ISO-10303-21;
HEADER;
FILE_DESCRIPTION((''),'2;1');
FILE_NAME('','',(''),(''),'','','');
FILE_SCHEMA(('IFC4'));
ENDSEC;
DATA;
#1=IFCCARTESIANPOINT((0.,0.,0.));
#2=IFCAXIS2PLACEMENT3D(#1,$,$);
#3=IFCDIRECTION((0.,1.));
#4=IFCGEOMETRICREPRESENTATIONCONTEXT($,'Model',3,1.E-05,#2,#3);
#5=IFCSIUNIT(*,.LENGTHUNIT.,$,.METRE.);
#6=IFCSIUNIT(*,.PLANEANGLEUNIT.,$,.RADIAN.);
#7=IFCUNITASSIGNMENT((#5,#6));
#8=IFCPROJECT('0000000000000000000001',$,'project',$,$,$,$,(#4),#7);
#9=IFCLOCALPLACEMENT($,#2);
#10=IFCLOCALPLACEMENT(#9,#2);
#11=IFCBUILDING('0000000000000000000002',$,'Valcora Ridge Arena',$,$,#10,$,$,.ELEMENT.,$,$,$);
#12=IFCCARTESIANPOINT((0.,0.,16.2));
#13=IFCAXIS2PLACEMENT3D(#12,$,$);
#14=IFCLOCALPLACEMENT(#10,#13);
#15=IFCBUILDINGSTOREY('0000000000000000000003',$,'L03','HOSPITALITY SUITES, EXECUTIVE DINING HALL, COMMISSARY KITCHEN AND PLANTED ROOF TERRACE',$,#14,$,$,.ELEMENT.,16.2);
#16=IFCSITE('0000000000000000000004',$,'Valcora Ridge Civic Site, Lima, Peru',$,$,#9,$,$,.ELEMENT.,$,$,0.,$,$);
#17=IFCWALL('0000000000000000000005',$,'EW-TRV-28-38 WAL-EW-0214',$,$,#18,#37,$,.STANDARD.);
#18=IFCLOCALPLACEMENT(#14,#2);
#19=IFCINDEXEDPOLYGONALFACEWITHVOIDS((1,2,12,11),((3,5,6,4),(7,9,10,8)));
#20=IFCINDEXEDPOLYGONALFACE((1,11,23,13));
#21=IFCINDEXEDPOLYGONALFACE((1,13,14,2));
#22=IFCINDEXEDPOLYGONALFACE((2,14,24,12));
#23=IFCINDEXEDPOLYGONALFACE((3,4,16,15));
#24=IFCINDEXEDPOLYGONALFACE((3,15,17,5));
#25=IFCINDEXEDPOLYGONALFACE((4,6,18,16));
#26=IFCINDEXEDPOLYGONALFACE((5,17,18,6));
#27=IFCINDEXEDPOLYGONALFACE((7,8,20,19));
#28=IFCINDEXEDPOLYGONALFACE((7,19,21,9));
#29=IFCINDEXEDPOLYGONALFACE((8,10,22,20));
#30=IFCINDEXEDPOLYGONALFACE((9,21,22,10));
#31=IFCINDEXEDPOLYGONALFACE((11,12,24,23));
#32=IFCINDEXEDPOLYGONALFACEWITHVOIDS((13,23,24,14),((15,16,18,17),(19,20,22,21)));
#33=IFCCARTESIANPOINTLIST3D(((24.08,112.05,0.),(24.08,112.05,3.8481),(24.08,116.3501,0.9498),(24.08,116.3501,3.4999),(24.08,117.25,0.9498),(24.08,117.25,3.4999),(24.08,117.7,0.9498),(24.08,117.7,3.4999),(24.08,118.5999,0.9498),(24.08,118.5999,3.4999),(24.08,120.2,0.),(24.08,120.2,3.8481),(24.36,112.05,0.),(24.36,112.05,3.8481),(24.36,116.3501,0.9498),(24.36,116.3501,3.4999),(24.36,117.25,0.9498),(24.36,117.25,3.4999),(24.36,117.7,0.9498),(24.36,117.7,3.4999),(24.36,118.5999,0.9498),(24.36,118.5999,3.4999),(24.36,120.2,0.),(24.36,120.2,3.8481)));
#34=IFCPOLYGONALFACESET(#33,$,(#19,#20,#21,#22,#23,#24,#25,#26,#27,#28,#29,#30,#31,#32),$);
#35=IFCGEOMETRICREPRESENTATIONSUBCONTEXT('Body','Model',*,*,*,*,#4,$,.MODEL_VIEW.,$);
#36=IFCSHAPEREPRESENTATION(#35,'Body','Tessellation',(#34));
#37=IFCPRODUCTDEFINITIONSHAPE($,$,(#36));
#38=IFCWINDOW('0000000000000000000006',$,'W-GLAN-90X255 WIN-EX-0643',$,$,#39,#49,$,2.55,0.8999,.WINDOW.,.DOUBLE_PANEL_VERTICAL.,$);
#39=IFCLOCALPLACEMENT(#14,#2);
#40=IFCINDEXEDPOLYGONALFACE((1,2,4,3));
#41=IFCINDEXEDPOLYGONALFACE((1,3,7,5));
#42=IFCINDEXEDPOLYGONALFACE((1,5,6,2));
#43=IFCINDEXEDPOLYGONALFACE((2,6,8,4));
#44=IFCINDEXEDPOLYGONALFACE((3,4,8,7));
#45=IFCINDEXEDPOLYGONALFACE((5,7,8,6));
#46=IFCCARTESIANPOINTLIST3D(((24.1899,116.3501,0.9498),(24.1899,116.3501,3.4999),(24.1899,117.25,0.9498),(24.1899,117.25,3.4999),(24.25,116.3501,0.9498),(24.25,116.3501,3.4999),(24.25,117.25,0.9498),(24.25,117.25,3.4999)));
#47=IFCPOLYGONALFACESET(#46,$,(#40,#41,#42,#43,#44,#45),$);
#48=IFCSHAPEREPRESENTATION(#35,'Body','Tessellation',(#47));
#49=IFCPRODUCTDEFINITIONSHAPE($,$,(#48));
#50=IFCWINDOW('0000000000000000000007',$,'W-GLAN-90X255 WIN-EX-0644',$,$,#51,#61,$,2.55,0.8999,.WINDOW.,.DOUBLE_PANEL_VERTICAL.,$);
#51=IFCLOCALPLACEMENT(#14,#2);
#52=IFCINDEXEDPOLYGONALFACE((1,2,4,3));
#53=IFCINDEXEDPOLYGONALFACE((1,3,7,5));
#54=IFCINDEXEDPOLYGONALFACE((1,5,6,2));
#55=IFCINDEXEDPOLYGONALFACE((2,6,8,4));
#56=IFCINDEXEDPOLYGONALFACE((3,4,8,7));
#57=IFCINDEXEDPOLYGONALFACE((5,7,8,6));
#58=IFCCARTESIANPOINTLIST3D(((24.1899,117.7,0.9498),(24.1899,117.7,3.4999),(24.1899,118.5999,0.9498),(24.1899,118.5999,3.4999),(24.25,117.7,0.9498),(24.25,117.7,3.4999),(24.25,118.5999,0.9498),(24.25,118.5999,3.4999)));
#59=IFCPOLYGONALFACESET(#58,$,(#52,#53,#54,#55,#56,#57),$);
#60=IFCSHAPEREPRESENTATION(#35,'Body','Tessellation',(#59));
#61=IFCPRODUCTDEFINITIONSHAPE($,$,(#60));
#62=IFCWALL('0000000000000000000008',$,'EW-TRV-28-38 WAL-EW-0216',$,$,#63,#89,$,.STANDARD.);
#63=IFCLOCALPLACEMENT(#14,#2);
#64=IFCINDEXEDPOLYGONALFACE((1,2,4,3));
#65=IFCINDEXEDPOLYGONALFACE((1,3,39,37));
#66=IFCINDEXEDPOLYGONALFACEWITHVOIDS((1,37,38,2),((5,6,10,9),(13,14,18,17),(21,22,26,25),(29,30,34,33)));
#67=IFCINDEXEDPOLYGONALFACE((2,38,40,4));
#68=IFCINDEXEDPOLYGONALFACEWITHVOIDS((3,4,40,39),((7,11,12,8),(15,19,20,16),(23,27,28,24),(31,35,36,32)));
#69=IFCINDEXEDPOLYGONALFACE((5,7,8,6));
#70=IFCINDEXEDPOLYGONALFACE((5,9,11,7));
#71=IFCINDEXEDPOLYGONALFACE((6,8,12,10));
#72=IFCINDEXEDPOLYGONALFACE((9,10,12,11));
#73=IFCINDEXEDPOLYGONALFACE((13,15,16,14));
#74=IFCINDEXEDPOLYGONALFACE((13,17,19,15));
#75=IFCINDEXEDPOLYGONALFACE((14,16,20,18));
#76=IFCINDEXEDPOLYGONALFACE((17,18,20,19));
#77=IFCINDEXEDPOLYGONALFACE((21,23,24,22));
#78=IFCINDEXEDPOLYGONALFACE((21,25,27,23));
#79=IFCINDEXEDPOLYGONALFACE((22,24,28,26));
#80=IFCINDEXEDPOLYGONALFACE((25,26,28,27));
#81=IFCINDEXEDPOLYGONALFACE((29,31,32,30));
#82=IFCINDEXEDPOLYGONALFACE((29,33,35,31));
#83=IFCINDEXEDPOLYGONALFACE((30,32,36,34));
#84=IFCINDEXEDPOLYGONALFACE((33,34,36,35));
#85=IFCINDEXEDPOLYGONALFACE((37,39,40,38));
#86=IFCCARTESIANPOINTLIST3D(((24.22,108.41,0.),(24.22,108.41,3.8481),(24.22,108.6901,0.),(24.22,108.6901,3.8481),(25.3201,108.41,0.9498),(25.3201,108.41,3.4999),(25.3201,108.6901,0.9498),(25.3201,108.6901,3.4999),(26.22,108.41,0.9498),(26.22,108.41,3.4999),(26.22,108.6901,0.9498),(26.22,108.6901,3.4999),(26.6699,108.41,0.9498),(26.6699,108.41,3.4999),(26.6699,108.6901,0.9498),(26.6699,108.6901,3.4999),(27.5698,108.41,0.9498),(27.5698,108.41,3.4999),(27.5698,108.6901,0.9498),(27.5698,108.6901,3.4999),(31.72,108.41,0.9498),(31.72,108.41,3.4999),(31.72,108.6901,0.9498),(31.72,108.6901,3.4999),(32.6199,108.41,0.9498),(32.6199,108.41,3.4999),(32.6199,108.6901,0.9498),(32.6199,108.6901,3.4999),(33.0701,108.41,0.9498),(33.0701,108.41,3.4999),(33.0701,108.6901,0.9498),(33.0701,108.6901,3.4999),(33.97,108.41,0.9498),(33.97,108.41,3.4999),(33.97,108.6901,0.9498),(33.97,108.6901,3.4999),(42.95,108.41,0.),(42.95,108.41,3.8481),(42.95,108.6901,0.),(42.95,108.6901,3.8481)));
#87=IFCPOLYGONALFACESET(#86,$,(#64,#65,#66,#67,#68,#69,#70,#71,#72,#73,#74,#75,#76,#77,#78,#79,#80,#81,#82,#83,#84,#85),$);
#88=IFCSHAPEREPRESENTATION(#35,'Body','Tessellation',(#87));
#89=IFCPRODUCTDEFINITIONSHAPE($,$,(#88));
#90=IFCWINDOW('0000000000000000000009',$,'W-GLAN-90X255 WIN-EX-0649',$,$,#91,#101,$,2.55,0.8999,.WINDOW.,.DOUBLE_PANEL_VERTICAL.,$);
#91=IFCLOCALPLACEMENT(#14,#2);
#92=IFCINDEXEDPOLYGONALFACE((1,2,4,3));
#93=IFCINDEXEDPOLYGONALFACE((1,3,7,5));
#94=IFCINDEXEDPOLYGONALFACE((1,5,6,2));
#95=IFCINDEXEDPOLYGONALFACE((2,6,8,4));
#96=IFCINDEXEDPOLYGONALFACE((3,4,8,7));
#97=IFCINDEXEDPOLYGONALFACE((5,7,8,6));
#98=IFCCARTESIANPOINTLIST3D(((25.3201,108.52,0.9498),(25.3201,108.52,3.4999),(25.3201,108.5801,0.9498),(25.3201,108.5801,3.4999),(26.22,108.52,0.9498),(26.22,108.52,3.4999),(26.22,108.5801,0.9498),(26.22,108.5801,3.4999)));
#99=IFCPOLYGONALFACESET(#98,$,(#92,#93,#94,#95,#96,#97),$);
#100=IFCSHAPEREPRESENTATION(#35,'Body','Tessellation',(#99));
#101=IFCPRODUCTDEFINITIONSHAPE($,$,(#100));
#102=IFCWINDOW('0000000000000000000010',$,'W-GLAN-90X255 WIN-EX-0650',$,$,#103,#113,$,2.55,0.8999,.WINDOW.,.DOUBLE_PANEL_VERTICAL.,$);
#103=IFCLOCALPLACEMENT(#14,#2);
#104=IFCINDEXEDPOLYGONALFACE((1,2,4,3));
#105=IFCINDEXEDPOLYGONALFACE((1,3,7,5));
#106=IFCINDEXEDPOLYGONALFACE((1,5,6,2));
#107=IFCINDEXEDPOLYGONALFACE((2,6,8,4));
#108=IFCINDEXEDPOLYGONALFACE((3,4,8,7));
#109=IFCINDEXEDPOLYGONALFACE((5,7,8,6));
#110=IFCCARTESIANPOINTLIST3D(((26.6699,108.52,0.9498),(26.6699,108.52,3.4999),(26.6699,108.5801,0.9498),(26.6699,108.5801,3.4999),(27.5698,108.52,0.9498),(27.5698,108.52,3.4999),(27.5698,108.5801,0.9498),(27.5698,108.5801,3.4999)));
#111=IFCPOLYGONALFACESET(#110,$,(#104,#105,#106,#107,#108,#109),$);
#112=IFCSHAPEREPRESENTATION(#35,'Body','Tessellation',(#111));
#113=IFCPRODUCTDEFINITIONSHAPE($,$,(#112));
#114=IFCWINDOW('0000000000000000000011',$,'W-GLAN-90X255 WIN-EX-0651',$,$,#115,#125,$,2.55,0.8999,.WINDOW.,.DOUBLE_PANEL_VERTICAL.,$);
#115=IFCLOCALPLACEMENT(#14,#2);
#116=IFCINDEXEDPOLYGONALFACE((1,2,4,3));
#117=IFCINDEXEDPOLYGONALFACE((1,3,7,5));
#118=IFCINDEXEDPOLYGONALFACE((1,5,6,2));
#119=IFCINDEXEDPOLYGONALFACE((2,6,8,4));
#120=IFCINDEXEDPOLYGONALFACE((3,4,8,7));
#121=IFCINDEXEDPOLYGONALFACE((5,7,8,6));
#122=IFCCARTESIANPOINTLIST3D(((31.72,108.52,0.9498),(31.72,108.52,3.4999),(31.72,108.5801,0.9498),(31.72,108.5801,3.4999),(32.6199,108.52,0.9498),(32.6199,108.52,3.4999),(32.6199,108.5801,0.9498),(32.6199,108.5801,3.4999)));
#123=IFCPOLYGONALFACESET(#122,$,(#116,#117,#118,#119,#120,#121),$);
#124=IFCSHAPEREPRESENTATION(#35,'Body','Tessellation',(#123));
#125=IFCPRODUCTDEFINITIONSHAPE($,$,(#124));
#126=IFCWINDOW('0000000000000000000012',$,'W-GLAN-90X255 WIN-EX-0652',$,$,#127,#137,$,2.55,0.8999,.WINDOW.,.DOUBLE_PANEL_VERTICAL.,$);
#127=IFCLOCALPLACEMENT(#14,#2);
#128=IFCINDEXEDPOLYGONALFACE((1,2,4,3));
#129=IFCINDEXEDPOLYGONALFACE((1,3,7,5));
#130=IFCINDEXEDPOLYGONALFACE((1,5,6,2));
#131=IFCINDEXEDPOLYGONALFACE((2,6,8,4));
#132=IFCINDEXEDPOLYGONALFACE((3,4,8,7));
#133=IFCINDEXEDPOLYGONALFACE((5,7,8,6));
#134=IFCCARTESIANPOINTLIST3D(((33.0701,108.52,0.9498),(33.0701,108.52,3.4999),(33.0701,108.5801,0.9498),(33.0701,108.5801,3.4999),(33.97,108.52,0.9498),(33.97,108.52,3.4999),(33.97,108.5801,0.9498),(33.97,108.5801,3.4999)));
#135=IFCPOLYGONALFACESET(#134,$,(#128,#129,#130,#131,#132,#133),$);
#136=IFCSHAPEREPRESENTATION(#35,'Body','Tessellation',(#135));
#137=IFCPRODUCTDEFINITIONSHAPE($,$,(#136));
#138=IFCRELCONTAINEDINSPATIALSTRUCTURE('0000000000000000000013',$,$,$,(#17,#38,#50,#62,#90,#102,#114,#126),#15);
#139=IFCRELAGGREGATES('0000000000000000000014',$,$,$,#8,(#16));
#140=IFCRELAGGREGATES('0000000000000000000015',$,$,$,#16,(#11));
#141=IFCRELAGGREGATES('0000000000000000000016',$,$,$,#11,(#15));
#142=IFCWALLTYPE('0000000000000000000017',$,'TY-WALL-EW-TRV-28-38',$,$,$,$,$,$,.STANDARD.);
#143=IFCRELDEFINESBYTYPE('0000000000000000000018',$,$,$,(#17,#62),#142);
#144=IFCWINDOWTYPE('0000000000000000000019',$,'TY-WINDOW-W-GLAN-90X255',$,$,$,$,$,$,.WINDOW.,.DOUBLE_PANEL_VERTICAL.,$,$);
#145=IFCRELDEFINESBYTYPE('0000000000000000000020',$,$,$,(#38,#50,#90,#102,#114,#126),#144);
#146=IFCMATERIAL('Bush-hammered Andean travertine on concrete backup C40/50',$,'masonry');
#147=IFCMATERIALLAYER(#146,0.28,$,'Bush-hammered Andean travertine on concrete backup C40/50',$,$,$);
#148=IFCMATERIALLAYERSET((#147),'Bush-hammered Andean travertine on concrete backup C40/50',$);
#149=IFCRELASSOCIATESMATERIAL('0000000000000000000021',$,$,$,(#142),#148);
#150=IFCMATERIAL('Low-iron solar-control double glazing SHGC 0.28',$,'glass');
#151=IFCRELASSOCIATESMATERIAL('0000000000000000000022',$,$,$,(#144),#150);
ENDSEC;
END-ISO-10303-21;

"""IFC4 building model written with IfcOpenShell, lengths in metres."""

from ifc_helpers import new_model, si_unit, direction, frame, frame_2d, origin, place, context, subcontext, project, spatial, rectangle, extrude, material, layer, layer_set, type_object, element, fill, save


model = new_model("IFC4")

# Units and contexts
model_context = context("Model", 3, precision=1e-05, world=origin(), true_north=direction((0.0, 1.0)))
body_context = subcontext(model_context, "Body", "Model", "MODEL_VIEW")
ifc_project = project(units=[si_unit("LENGTHUNIT", "METRE"), si_unit("PLANEANGLEUNIT", "RADIAN")], contexts=[model_context])

# Site, building, storey
site_placement = place(None, origin())
site = spatial("IfcSite", under=ifc_project, at=site_placement, Name="Valcora Ridge Civic Site, Lima, Peru", CompositionType="ELEMENT", RefElevation=0.0)
building_placement = place(site_placement, origin())
building = spatial("IfcBuilding", under=site, at=building_placement, Name="Valcora Ridge Arena", CompositionType="ELEMENT")
storey_placement = place(building_placement, frame((0.0, 0.0, 16.2)))
storey = spatial("IfcBuildingStorey", under=building, at=storey_placement, Name="L03", Description="HOSPITALITY SUITES, EXECUTIVE DINING HALL, COMMISSARY KITCHEN AND PLANTED ROOF TERRACE", CompositionType="ELEMENT", Elevation=16.2)

# Shared definitions
ifc_material_1 = material(Name="Bush-hammered Andean travertine on concrete backup C40/50", Category="masonry")
ifc_layer_1 = layer(ifc_material_1, 0.28, Name="Bush-hammered Andean travertine on concrete backup C40/50")
ifc_layer_set_1 = layer_set([ifc_layer_1], Name="Bush-hammered Andean travertine on concrete backup C40/50")
wall_type_1 = type_object("IfcWallType", Name="TY-WALL-EW-TRV-28-38", PredefinedType="STANDARD", material=ifc_layer_set_1)

# Walls, openings, windows
wall_1_placement = place(storey_placement, frame((24.22, 112.05, 0.0), z_axis=(0.0, 0.0, 1.0), x_axis=(0.0, 1.0, 0.0)))
wall_1 = element("IfcWall", 1, at=wall_1_placement, inside=storey, type_object=wall_type_1, Name="EW-TRV-28-38 WAL-EW-0214", PredefinedType="STANDARD", context=body_context, shape_type="SweptSolid", body=[
    extrude(rectangle(XDim=8.1499, YDim=0.28, at=frame_2d((4.075, 0.0))), origin(), (0.0, 0.0, 1.0), 3.8481),
])
opening_1_placement = place(wall_1_placement, frame((4.3, 0.0, 0.95)))
opening_1 = element("IfcOpeningElement", 2, at=opening_1_placement, cuts=wall_1, PredefinedType="OPENING", context=body_context, shape_type="SweptSolid", body=[
    extrude(rectangle(XDim=0.8999, YDim=2.55, at=frame_2d((0.45, 1.2749))), frame((0.0, 0.1499, 0.0), z_axis=(0.0, -1.0, 0.0), x_axis=(1.0, 0.0, 0.0)), (0.0, 0.0, 1.0), 0.3),
])
opening_2_placement = place(wall_1_placement, frame((5.6499, 0.0, 0.95)))
opening_2 = element("IfcOpeningElement", 3, at=opening_2_placement, cuts=wall_1, PredefinedType="OPENING", context=body_context, shape_type="SweptSolid", body=[
    extrude(rectangle(XDim=0.8999, YDim=2.55, at=frame_2d((0.45, 1.2749))), frame((0.0, 0.1499, 0.0), z_axis=(0.0, -1.0, 0.0), x_axis=(1.0, 0.0, 0.0)), (0.0, 0.0, 1.0), 0.3),
])
ifc_material_2 = material(Name="Low-iron solar-control double glazing SHGC 0.28", Category="glass")
window_type_1 = type_object("IfcWindowType", Name="TY-WINDOW-W-GLAN-90X255", PartitioningType="DOUBLE_PANEL_VERTICAL", PredefinedType="WINDOW", material=ifc_material_2)
window_1_placement = place(opening_1_placement, origin())
window_1 = element("IfcWindow", 4, at=window_1_placement, inside=storey, type_object=window_type_1, Name="W-GLAN-90X255 WIN-EX-0643", OverallHeight=2.55, OverallWidth=0.8999, PartitioningType="DOUBLE_PANEL_VERTICAL", PredefinedType="WINDOW", context=body_context, shape_type="SweptSolid", body=[
    extrude(rectangle(XDim=0.8999, YDim=2.55, at=frame_2d((0.45, 1.2749))), frame((0.0, 0.03, 0.0), z_axis=(0.0, -1.0, 0.0), x_axis=(1.0, 0.0, 0.0)), (0.0, 0.0, 1.0), 0.0601),
])
fill(opening_1, window_1)
window_2_placement = place(opening_2_placement, origin())
window_2 = element("IfcWindow", 5, at=window_2_placement, inside=storey, type_object=window_type_1, Name="W-GLAN-90X255 WIN-EX-0644", OverallHeight=2.55, OverallWidth=0.8999, PartitioningType="DOUBLE_PANEL_VERTICAL", PredefinedType="WINDOW", context=body_context, shape_type="SweptSolid", body=[
    extrude(rectangle(XDim=0.8999, YDim=2.55, at=frame_2d((0.45, 1.2749))), frame((0.0, 0.03, 0.0), z_axis=(0.0, -1.0, 0.0), x_axis=(1.0, 0.0, 0.0)), (0.0, 0.0, 1.0), 0.0601),
])
fill(opening_2, window_2)
wall_2_placement = place(storey_placement, frame((24.22, 108.55, 0.0), z_axis=(0.0, 0.0, 1.0), x_axis=(1.0, 0.0, 0.0)))
wall_2 = element("IfcWall", 6, at=wall_2_placement, inside=storey, type_object=wall_type_1, Name="EW-TRV-28-38 WAL-EW-0216", PredefinedType="STANDARD", context=body_context, shape_type="SweptSolid", body=[
    extrude(rectangle(XDim=18.73, YDim=0.28, at=frame_2d((9.365, 0.0))), origin(), (0.0, 0.0, 1.0), 3.8481),
])
opening_3_placement = place(wall_2_placement, frame((1.1001, 0.0, 0.95)))
opening_3 = element("IfcOpeningElement", 7, at=opening_3_placement, cuts=wall_2, PredefinedType="OPENING", context=body_context, shape_type="SweptSolid", body=[
    extrude(rectangle(XDim=0.8999, YDim=2.55, at=frame_2d((0.45, 1.2749))), frame((0.0, 0.1499, 0.0), z_axis=(0.0, -1.0, 0.0), x_axis=(1.0, 0.0, 0.0)), (0.0, 0.0, 1.0), 0.3),
])
opening_4_placement = place(wall_2_placement, frame((2.45, 0.0, 0.95)))
opening_4 = element("IfcOpeningElement", 8, at=opening_4_placement, cuts=wall_2, PredefinedType="OPENING", context=body_context, shape_type="SweptSolid", body=[
    extrude(rectangle(XDim=0.8999, YDim=2.55, at=frame_2d((0.45, 1.2749))), frame((0.0, 0.1499, 0.0), z_axis=(0.0, -1.0, 0.0), x_axis=(1.0, 0.0, 0.0)), (0.0, 0.0, 1.0), 0.3),
])
opening_5_placement = place(wall_2_placement, frame((7.5, 0.0, 0.95)))
opening_5 = element("IfcOpeningElement", 9, at=opening_5_placement, cuts=wall_2, PredefinedType="OPENING", context=body_context, shape_type="SweptSolid", body=[
    extrude(rectangle(XDim=0.8999, YDim=2.55, at=frame_2d((0.45, 1.2749))), frame((0.0, 0.1499, 0.0), z_axis=(0.0, -1.0, 0.0), x_axis=(1.0, 0.0, 0.0)), (0.0, 0.0, 1.0), 0.3),
])
opening_6_placement = place(wall_2_placement, frame((8.8501, 0.0, 0.95)))
opening_6 = element("IfcOpeningElement", 10, at=opening_6_placement, cuts=wall_2, PredefinedType="OPENING", context=body_context, shape_type="SweptSolid", body=[
    extrude(rectangle(XDim=0.8999, YDim=2.55, at=frame_2d((0.45, 1.2749))), frame((0.0, 0.1499, 0.0), z_axis=(0.0, -1.0, 0.0), x_axis=(1.0, 0.0, 0.0)), (0.0, 0.0, 1.0), 0.3),
])
window_3_placement = place(opening_3_placement, origin())
window_3 = element("IfcWindow", 11, at=window_3_placement, inside=storey, type_object=window_type_1, Name="W-GLAN-90X255 WIN-EX-0649", OverallHeight=2.55, OverallWidth=0.8999, PartitioningType="DOUBLE_PANEL_VERTICAL", PredefinedType="WINDOW", context=body_context, shape_type="SweptSolid", body=[
    extrude(rectangle(XDim=0.8999, YDim=2.55, at=frame_2d((0.45, 1.2749))), frame((0.0, 0.03, 0.0), z_axis=(0.0, -1.0, 0.0), x_axis=(1.0, 0.0, 0.0)), (0.0, 0.0, 1.0), 0.0601),
])
fill(opening_3, window_3)
window_4_placement = place(opening_4_placement, origin())
window_4 = element("IfcWindow", 12, at=window_4_placement, inside=storey, type_object=window_type_1, Name="W-GLAN-90X255 WIN-EX-0650", OverallHeight=2.55, OverallWidth=0.8999, PartitioningType="DOUBLE_PANEL_VERTICAL", PredefinedType="WINDOW", context=body_context, shape_type="SweptSolid", body=[
    extrude(rectangle(XDim=0.8999, YDim=2.55, at=frame_2d((0.45, 1.2749))), frame((0.0, 0.03, 0.0), z_axis=(0.0, -1.0, 0.0), x_axis=(1.0, 0.0, 0.0)), (0.0, 0.0, 1.0), 0.0601),
])
fill(opening_4, window_4)
window_5_placement = place(opening_5_placement, origin())
window_5 = element("IfcWindow", 13, at=window_5_placement, inside=storey, type_object=window_type_1, Name="W-GLAN-90X255 WIN-EX-0651", OverallHeight=2.55, OverallWidth=0.8999, PartitioningType="DOUBLE_PANEL_VERTICAL", PredefinedType="WINDOW", context=body_context, shape_type="SweptSolid", body=[
    extrude(rectangle(XDim=0.8999, YDim=2.55, at=frame_2d((0.45, 1.2749))), frame((0.0, 0.03, 0.0), z_axis=(0.0, -1.0, 0.0), x_axis=(1.0, 0.0, 0.0)), (0.0, 0.0, 1.0), 0.0601),
])
fill(opening_5, window_5)
window_6_placement = place(opening_6_placement, origin())
window_6 = element("IfcWindow", 14, at=window_6_placement, inside=storey, type_object=window_type_1, Name="W-GLAN-90X255 WIN-EX-0652", OverallHeight=2.55, OverallWidth=0.8999, PartitioningType="DOUBLE_PANEL_VERTICAL", PredefinedType="WINDOW", context=body_context, shape_type="SweptSolid", body=[
    extrude(rectangle(XDim=0.8999, YDim=2.55, at=frame_2d((0.45, 1.2749))), frame((0.0, 0.03, 0.0), z_axis=(0.0, -1.0, 0.0), x_axis=(1.0, 0.0, 0.0)), (0.0, 0.0, 1.0), 0.0601),
])
fill(opening_6, window_6)

save(model, "model.ifc")
